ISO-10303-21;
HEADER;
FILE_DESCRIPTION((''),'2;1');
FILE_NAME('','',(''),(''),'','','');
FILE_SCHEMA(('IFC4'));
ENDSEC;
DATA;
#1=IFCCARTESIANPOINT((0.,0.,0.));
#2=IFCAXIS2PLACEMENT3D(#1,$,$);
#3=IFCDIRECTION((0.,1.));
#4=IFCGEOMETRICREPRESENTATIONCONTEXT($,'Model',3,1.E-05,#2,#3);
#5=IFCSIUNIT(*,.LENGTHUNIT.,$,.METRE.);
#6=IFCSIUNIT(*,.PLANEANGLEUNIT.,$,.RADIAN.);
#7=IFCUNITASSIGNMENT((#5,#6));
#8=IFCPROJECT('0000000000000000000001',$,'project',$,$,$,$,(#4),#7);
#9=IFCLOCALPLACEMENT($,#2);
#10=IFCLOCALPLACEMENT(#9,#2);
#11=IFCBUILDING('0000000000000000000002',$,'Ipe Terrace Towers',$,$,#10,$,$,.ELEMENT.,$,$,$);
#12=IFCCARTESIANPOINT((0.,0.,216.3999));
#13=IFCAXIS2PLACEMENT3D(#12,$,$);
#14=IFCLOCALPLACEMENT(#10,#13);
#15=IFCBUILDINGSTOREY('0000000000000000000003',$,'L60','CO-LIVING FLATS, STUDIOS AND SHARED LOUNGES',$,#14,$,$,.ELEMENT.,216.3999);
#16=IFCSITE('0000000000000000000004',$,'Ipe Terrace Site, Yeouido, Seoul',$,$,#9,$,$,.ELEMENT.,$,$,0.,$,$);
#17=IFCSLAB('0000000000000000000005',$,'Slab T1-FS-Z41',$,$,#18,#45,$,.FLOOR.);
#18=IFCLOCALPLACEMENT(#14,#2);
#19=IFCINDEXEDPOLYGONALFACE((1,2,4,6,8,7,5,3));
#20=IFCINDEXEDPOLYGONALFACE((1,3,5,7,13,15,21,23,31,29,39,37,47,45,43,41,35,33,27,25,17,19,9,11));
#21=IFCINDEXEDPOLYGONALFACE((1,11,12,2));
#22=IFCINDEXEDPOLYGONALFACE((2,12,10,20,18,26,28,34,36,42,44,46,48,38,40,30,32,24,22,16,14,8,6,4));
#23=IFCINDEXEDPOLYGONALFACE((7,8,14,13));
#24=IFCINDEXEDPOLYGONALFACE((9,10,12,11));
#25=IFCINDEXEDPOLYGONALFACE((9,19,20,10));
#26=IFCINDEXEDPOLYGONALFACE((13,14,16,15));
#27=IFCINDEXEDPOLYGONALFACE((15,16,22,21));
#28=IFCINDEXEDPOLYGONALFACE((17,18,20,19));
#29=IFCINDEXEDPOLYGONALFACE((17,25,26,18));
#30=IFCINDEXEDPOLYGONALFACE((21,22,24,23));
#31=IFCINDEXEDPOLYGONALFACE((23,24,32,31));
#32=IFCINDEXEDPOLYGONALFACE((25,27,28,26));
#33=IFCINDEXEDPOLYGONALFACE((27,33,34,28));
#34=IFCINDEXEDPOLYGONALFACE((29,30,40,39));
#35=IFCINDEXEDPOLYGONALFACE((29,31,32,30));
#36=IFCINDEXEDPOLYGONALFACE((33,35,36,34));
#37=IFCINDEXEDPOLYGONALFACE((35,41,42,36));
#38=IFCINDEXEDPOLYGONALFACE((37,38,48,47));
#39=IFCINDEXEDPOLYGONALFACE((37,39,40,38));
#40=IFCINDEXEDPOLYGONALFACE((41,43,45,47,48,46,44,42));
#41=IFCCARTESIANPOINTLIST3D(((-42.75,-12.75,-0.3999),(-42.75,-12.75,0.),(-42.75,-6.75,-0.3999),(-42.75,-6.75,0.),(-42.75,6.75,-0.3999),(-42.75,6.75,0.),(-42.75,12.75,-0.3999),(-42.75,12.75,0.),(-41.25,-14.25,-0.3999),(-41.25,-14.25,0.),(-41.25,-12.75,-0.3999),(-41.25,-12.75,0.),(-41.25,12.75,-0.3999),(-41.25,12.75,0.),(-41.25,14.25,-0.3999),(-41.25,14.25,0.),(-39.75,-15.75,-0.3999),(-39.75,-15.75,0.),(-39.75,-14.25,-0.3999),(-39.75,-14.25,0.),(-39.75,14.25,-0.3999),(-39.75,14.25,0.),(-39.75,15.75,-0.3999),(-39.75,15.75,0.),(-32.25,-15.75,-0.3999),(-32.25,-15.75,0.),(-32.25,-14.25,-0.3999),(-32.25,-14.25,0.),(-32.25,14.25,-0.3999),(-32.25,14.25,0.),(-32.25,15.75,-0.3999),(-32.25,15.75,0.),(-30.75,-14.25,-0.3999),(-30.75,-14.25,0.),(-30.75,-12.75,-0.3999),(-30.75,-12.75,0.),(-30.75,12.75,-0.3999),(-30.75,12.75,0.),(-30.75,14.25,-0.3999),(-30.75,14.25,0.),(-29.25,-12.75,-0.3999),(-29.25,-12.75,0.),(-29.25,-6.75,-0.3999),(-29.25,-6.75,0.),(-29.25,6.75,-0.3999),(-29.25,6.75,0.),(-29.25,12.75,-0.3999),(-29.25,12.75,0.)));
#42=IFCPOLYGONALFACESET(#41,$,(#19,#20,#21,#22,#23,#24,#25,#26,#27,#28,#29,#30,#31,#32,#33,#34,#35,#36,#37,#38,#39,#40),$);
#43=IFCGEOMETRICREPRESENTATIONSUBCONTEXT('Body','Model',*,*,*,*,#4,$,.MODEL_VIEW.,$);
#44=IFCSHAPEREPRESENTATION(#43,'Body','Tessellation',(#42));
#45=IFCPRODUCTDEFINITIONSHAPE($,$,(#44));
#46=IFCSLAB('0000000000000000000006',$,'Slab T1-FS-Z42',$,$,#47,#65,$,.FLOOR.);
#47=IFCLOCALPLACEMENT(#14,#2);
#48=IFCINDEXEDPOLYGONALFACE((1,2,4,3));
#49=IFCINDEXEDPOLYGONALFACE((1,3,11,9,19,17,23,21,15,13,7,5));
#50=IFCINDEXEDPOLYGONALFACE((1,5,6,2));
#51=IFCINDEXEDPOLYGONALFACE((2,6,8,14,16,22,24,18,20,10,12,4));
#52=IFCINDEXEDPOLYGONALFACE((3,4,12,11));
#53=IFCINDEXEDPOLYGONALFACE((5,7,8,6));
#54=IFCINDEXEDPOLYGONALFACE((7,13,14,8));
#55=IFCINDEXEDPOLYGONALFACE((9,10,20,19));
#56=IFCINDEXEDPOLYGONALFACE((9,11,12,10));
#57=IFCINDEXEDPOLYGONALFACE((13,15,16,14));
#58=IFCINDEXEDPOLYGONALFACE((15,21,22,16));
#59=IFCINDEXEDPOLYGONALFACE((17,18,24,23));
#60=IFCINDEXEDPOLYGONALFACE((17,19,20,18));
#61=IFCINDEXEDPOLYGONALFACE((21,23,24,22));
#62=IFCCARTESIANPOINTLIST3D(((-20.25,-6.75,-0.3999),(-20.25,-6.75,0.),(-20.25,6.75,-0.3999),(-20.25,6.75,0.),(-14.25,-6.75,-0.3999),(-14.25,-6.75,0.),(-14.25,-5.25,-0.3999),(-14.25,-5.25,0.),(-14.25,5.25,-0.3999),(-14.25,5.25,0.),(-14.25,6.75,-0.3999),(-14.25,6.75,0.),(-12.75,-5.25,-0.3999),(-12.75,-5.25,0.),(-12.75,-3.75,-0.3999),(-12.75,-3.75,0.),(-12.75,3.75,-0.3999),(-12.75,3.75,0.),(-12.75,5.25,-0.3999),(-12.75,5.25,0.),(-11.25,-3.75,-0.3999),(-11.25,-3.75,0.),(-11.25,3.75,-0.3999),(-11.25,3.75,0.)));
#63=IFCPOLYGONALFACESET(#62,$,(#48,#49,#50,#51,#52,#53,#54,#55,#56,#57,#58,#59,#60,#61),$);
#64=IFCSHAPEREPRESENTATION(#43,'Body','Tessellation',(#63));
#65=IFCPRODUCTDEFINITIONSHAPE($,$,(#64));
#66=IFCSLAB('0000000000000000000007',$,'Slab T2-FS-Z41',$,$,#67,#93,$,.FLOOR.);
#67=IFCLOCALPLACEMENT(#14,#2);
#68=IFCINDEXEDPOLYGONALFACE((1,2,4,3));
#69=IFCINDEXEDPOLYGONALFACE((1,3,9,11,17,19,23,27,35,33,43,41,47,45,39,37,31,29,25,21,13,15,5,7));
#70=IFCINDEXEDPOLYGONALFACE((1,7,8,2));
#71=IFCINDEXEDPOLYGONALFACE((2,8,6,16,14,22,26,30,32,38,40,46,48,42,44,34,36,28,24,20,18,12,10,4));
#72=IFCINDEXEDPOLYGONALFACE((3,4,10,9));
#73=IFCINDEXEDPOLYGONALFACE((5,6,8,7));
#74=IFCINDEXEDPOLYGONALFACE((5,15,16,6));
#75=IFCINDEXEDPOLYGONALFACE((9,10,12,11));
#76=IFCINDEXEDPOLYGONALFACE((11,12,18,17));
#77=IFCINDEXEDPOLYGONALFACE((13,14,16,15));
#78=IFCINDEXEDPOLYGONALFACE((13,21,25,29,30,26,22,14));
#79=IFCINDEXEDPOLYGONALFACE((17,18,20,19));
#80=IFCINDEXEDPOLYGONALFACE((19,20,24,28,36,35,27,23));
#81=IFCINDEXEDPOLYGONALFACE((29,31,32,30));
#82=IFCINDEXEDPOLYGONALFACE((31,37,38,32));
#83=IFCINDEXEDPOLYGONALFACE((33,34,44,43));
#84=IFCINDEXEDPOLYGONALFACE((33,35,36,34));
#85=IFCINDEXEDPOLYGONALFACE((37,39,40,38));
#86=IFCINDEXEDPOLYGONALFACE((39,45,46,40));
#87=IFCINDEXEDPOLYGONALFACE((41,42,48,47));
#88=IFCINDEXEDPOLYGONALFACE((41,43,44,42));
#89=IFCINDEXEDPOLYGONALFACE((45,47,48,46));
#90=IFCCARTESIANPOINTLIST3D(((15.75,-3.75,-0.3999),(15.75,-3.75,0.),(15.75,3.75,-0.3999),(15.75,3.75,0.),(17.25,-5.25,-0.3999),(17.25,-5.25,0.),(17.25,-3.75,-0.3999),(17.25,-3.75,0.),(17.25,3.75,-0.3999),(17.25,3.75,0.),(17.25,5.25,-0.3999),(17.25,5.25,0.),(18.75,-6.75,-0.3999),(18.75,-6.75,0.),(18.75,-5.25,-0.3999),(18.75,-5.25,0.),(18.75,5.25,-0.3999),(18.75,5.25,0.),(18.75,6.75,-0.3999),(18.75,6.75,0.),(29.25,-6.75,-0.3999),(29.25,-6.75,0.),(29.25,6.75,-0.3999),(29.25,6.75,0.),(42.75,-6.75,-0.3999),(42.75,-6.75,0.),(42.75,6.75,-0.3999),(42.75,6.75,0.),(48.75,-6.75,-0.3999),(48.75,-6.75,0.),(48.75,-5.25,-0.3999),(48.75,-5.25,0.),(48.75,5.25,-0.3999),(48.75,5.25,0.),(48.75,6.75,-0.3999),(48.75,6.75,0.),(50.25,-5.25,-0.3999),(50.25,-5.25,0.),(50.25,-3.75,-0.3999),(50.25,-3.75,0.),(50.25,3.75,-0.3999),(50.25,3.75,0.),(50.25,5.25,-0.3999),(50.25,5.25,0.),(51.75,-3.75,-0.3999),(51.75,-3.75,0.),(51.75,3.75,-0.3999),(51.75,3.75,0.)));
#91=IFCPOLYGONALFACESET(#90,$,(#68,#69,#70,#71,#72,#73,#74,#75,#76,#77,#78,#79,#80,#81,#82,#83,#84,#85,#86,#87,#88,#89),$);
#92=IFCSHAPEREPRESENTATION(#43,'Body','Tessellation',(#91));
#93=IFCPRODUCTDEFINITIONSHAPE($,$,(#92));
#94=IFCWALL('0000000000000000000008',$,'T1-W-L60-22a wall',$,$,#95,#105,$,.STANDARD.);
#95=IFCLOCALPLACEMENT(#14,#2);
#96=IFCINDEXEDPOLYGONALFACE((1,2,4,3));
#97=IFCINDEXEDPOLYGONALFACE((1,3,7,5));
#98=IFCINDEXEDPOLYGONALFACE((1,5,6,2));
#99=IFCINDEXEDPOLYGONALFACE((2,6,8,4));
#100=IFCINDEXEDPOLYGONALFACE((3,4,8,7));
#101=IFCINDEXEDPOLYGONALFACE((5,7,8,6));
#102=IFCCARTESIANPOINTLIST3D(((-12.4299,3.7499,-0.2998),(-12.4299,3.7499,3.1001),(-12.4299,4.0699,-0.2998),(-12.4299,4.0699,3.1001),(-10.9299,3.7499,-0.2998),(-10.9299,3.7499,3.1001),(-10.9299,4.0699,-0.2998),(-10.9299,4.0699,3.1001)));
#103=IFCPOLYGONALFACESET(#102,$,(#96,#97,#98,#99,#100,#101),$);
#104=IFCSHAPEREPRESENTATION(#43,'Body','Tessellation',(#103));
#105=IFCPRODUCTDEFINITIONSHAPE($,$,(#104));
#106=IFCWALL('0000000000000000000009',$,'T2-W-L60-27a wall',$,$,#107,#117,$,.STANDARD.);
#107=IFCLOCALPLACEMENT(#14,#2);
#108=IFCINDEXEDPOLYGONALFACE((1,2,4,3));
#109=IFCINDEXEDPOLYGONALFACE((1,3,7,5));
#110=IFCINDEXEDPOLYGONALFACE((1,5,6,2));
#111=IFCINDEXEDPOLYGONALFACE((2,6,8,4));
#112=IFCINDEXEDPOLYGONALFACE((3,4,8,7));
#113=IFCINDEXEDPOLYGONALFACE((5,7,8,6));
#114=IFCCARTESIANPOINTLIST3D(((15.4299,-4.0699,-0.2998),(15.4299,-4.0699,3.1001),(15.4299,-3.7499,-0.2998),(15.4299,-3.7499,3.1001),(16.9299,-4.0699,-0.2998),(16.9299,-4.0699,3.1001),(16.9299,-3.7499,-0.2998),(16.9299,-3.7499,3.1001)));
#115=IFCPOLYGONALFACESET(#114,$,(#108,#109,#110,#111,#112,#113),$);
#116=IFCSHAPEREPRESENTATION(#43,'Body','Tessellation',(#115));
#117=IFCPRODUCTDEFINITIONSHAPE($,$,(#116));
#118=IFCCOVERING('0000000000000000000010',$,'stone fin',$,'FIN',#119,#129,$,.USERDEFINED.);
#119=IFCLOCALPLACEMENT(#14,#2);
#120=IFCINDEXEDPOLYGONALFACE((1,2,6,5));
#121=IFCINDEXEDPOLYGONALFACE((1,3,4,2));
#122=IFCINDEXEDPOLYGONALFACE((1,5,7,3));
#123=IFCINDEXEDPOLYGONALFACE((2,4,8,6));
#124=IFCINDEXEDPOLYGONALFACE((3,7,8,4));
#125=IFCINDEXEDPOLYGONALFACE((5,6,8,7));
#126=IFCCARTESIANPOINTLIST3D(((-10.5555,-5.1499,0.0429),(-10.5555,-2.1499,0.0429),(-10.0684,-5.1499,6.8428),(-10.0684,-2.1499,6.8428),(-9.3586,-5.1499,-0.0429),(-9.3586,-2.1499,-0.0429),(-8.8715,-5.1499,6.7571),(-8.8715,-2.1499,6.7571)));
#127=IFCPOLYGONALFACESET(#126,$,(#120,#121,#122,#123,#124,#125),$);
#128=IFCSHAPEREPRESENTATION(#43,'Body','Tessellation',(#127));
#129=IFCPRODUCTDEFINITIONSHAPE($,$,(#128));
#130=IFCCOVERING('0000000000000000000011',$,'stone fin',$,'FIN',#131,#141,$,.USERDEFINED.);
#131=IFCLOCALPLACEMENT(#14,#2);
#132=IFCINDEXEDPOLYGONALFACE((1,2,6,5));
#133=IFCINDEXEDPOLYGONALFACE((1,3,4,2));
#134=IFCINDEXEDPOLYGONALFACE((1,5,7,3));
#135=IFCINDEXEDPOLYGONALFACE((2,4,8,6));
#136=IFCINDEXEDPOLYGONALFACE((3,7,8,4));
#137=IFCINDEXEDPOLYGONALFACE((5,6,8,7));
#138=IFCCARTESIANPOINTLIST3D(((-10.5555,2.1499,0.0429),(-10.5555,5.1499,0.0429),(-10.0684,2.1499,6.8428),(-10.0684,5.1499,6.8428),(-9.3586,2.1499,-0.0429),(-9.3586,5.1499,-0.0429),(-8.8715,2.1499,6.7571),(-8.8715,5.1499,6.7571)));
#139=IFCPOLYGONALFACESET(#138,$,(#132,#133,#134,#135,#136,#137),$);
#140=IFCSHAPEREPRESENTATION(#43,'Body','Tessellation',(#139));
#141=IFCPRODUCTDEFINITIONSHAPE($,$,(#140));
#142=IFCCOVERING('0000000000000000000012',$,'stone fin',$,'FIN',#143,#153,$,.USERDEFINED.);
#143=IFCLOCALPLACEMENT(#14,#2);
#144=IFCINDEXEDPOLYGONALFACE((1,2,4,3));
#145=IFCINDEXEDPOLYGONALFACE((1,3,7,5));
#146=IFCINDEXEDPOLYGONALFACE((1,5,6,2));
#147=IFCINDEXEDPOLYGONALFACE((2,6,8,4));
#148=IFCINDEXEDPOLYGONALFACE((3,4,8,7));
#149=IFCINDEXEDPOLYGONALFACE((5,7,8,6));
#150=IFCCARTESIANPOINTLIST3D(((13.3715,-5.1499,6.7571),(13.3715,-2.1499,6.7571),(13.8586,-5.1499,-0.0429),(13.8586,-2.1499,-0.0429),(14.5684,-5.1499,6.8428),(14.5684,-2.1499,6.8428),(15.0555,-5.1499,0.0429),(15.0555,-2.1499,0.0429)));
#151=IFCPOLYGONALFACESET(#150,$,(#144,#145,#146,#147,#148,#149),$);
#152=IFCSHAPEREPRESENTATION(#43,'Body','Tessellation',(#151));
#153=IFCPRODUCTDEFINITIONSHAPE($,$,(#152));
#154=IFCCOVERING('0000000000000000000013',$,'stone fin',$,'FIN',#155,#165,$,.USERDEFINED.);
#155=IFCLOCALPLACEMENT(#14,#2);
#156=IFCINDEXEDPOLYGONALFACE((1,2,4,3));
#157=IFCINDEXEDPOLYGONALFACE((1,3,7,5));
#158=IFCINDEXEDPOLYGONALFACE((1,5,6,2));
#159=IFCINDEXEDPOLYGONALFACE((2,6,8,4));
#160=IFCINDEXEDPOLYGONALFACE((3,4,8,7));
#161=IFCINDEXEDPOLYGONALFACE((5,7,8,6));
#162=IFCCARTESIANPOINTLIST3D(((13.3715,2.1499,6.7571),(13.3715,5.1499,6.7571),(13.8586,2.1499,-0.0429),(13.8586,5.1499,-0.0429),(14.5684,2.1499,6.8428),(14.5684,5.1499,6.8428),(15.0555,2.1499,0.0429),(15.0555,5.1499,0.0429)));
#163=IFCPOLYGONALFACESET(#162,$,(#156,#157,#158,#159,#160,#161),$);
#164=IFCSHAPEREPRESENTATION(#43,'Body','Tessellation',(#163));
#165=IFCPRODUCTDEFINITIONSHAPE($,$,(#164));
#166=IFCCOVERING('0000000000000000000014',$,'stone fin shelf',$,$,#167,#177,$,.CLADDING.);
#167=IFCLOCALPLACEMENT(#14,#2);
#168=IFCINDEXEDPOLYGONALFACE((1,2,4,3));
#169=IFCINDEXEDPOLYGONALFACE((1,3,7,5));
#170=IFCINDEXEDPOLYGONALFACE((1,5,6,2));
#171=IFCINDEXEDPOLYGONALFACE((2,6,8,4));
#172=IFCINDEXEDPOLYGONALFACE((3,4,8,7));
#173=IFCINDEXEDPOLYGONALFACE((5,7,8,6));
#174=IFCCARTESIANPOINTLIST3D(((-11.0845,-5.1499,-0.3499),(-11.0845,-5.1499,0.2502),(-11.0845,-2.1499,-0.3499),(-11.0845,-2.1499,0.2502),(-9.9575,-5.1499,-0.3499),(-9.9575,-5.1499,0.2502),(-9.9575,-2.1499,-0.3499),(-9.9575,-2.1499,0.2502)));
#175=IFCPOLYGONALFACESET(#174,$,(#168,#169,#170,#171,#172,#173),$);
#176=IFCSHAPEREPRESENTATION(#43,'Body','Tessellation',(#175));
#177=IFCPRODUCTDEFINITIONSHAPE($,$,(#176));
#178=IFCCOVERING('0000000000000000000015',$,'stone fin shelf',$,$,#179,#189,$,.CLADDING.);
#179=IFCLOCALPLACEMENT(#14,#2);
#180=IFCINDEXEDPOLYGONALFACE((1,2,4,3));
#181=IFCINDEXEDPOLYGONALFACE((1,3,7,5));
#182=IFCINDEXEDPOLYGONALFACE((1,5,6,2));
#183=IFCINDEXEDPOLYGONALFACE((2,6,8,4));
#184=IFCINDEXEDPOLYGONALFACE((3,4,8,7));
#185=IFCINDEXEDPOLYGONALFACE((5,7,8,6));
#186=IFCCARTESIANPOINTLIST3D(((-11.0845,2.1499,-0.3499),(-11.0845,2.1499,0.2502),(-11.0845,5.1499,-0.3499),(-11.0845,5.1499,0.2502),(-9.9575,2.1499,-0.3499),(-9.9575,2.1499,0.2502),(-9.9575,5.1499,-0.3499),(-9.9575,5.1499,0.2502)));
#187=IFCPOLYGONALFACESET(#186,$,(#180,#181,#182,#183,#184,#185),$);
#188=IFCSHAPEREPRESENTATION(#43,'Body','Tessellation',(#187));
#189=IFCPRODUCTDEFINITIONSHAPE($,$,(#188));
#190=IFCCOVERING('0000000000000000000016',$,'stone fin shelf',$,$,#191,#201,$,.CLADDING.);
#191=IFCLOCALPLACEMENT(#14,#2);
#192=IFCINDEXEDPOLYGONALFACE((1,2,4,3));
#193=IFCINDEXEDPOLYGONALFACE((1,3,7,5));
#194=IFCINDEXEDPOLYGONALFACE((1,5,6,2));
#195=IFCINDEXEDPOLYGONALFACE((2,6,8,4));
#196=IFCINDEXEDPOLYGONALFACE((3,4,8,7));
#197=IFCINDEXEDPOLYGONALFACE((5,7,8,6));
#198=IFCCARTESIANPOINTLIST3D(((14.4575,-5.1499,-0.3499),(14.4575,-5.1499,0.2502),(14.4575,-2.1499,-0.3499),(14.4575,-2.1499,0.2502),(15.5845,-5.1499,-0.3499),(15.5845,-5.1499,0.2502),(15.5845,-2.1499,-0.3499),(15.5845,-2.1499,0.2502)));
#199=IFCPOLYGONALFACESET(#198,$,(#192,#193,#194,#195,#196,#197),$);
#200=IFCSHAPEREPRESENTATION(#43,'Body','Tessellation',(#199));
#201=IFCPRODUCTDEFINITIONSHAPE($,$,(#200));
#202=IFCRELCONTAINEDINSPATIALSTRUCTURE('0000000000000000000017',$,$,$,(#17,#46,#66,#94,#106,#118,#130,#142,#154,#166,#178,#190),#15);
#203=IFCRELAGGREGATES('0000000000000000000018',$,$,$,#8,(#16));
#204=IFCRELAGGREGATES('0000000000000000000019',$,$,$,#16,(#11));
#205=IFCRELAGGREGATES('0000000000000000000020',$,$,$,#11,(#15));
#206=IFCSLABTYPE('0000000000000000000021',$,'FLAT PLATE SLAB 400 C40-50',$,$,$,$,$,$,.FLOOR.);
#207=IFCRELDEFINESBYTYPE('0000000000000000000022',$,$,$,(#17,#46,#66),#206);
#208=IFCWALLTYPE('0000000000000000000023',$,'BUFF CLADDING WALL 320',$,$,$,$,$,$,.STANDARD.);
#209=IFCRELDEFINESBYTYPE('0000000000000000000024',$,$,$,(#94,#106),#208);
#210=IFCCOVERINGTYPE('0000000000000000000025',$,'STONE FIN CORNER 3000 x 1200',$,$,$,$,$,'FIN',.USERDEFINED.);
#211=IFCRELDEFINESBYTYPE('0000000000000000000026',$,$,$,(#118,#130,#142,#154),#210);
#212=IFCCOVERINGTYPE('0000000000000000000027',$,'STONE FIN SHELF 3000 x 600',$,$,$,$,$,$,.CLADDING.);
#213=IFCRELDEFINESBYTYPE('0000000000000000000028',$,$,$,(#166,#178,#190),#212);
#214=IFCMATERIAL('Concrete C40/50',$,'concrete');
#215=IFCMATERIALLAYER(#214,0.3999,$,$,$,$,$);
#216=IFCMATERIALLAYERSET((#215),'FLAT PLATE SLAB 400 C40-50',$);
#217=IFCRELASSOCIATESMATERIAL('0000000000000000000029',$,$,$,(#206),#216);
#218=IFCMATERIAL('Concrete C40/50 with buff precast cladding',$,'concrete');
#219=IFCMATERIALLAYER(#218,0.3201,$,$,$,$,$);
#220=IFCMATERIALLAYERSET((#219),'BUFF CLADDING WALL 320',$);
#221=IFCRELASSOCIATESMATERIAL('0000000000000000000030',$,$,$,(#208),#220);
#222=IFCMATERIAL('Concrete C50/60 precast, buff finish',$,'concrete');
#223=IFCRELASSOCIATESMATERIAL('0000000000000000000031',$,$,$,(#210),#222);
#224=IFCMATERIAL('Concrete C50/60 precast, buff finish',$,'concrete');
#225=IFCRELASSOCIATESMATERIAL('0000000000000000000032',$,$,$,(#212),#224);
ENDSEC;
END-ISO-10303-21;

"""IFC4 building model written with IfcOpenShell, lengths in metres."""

from ifc_helpers import new_model, si_unit, direction, frame, frame_2d, origin, origin_2d, place, context, subcontext, project, spatial, polyline, rectangle, outline, extrude, material, layer, layer_set, material_profile, profile_set, type_object, element, save


model = new_model("IFC4")

# Units and contexts
model_context = context("Model", 3, precision=1e-05, world=origin(), true_north=direction((0.0, 1.0)))
body_context = subcontext(model_context, "Body", "Model", "MODEL_VIEW")
ifc_project = project(units=[si_unit("LENGTHUNIT", "METRE"), si_unit("PLANEANGLEUNIT", "RADIAN")], contexts=[model_context])

# Site, building, storey
site_placement = place(None, origin())
site = spatial("IfcSite", under=ifc_project, at=site_placement, Name="Ipe Terrace Site, Yeouido, Seoul", CompositionType="ELEMENT", RefElevation=0.0)
building_placement = place(site_placement, origin())
building = spatial("IfcBuilding", under=site, at=building_placement, Name="Ipe Terrace Towers", CompositionType="ELEMENT")
storey_placement = place(building_placement, frame((0.0, 0.0, 216.3999)))
storey = spatial("IfcBuildingStorey", under=building, at=storey_placement, Name="L60", Description="CO-LIVING FLATS, STUDIOS AND SHARED LOUNGES", CompositionType="ELEMENT", Elevation=216.3999)

# Slabs
ifc_material_1 = material(Name="Concrete C40/50", Category="concrete")
ifc_layer_1 = layer(ifc_material_1, 0.3999)
ifc_layer_set_1 = layer_set([ifc_layer_1], Name="FLAT PLATE SLAB 400 C40-50")
slab_type_1 = type_object("IfcSlabType", Name="FLAT PLATE SLAB 400 C40-50", PredefinedType="FLOOR", material=ifc_layer_set_1)
slab_1_placement = place(storey_placement, frame((0.0, 0.0, -0.3999)))
element("IfcSlab", 1, at=slab_1_placement, inside=storey, type_object=slab_type_1, Name="Slab T1-FS-Z41", PredefinedType="FLOOR", context=body_context, shape_type="SweptSolid", body=[
    extrude(outline(polyline([(-30.75, -12.75), (-30.75, -14.25), (-32.25, -14.25), (-32.25, -15.75), (-39.75, -15.75), (-39.75, -14.25), (-41.25, -14.25), (-41.25, -12.75), (-42.75, -12.75), (-42.75, -6.75), (-42.75, 6.75), (-42.75, 12.75), (-41.25, 12.75), (-41.25, 14.25), (-39.75, 14.25), (-39.75, 15.75), (-32.25, 15.75), (-32.25, 14.25), (-30.75, 14.25), (-30.75, 12.75), (-29.25, 12.75), (-29.25, 6.75), (-29.25, -6.75), (-29.25, -12.75), (-30.75, -12.75)])), origin(), (0.0, 0.0, 1.0), 0.3999),
])
slab_2_placement = place(storey_placement, frame((0.0, 0.0, -0.3999)))
element("IfcSlab", 2, at=slab_2_placement, inside=storey, type_object=slab_type_1, Name="Slab T1-FS-Z42", PredefinedType="FLOOR", context=body_context, shape_type="SweptSolid", body=[
    extrude(outline(polyline([(-14.25, 5.25), (-12.75, 5.25), (-12.75, 3.75), (-11.25, 3.75), (-11.25, -3.75), (-12.75, -3.75), (-12.75, -5.25), (-14.25, -5.25), (-14.25, -6.75), (-20.25, -6.75), (-20.25, 6.75), (-14.25, 6.75), (-14.25, 5.25)])), origin(), (0.0, 0.0, 1.0), 0.3999),
])
slab_3_placement = place(storey_placement, frame((0.0, 0.0, -0.3999)))
element("IfcSlab", 3, at=slab_3_placement, inside=storey, type_object=slab_type_1, Name="Slab T2-FS-Z41", PredefinedType="FLOOR", context=body_context, shape_type="SweptSolid", body=[
    extrude(outline(polyline([(48.75, 5.25), (50.25, 5.25), (50.25, 3.75), (51.75, 3.75), (51.75, -3.75), (50.25, -3.75), (50.25, -5.25), (48.75, -5.25), (48.75, -6.75), (42.75, -6.75), (29.25, -6.75), (18.75, -6.75), (18.75, -5.25), (17.25, -5.25), (17.25, -3.75), (15.75, -3.75), (15.75, 3.75), (17.25, 3.75), (17.25, 5.25), (18.75, 5.25), (18.75, 6.75), (29.25, 6.75), (42.75, 6.75), (48.75, 6.75), (48.75, 5.25)])), origin(), (0.0, 0.0, 1.0), 0.3999),
])

# Walls
ifc_material_2 = material(Name="Concrete C40/50 with buff precast cladding", Category="concrete")
ifc_layer_2 = layer(ifc_material_2, 0.3201)
ifc_layer_set_2 = layer_set([ifc_layer_2], Name="BUFF CLADDING WALL 320")
wall_type = type_object("IfcWallType", Name="BUFF CLADDING WALL 320", PredefinedType="STANDARD", material=ifc_layer_set_2)
for number, where, z_axis, x_axis, name in (
    (4, (-10.9299, 3.9099, -0.2998), (0.0, 0.0, 1.0), (-1.0, 0.0, 0.0), "T1-W-L60-22a wall"),
    (5, (15.4299, -3.9099, -0.2998), (0.0, 0.0, 1.0), (1.0, 0.0, 0.0), "T2-W-L60-27a wall"),
):
    element("IfcWall", number, at=place(storey_placement, frame(where, z_axis=z_axis, x_axis=x_axis)), inside=storey, type_object=wall_type, Name=name, PredefinedType="STANDARD", context=body_context, shape_type="SweptSolid", body=[
        extrude(rectangle(XDim=1.5, YDim=0.3201, at=frame_2d((0.75, 0.0))), origin(), (0.0, 0.0, 1.0), 3.3999),
    ])

# Coverings
ifc_material_3 = material(Name="Concrete C50/60 precast, buff finish", Category="concrete")
ifc_material_profile_1 = material_profile(ifc_material_3, rectangle(XDim=3.0, YDim=1.2, at=origin_2d()), Name="STONE FIN CORNER 3000 x 1200")
ifc_profile_set_1 = profile_set([ifc_material_profile_1], Name="Concrete C50/60 precast, buff finish")
covering_type_1 = type_object("IfcCoveringType", Name="STONE FIN CORNER 3000 x 1200", ElementType="FIN", PredefinedType="USERDEFINED", material=ifc_profile_set_1)
for number, where, z_axis, x_axis, name in (
    (6, (-9.957, -3.6499, 0.0), (0.071443, 0.0, 0.997445), (0.0, 1.0, 0.0), "stone fin"),
    (7, (-9.957, 3.6499, 0.0), (0.071443, 0.0, 0.997445), (0.0, 1.0, 0.0), "stone fin"),
    (8, (14.457, -3.6499, 0.0), (-0.071443, 0.0, 0.997445), (0.0, -1.0, 0.0), "stone fin"),
    (9, (14.457, 3.6499, 0.0), (-0.071443, 0.0, 0.997445), (0.0, -1.0, 0.0), "stone fin"),
):
    element("IfcCovering", number, at=place(storey_placement, frame(where, z_axis=z_axis, x_axis=x_axis)), inside=storey, type_object=covering_type_1, Name=name, ObjectType="FIN", PredefinedType="USERDEFINED", context=body_context, shape_type="SweptSolid", body=[
        extrude(rectangle(XDim=3.0, YDim=1.2, at=origin_2d()), origin(), (0.0, 0.0, 1.0), 6.8174),
    ])
ifc_material_4 = material(Name="Concrete C50/60 precast, buff finish", Category="concrete")
covering_type_2 = type_object("IfcCoveringType", Name="STONE FIN SHELF 3000 x 600", PredefinedType="CLADDING", material=ifc_material_4)
for number, where, z_axis, x_axis, name in (
    (10, (-10.521, -3.6499, -0.3499), (0.0, 0.0, 1.0), (0.0, 1.0, 0.0), "stone fin shelf"),
    (11, (-10.521, 3.6499, -0.3499), (0.0, 0.0, 1.0), (0.0, 1.0, 0.0), "stone fin shelf"),
    (12, (15.021, -3.6499, -0.3499), (0.0, 0.0, 1.0), (0.0, -1.0, 0.0), "stone fin shelf"),
):
    element("IfcCovering", number, at=place(storey_placement, frame(where, z_axis=z_axis, x_axis=x_axis)), inside=storey, type_object=covering_type_2, Name=name, PredefinedType="CLADDING", context=body_context, shape_type="SweptSolid", body=[
        extrude(rectangle(XDim=3.0, YDim=1.127, at=origin_2d()), origin(), (0.0, 0.0, 1.0), 0.6001),
    ])

save(model, "model.ifc")
